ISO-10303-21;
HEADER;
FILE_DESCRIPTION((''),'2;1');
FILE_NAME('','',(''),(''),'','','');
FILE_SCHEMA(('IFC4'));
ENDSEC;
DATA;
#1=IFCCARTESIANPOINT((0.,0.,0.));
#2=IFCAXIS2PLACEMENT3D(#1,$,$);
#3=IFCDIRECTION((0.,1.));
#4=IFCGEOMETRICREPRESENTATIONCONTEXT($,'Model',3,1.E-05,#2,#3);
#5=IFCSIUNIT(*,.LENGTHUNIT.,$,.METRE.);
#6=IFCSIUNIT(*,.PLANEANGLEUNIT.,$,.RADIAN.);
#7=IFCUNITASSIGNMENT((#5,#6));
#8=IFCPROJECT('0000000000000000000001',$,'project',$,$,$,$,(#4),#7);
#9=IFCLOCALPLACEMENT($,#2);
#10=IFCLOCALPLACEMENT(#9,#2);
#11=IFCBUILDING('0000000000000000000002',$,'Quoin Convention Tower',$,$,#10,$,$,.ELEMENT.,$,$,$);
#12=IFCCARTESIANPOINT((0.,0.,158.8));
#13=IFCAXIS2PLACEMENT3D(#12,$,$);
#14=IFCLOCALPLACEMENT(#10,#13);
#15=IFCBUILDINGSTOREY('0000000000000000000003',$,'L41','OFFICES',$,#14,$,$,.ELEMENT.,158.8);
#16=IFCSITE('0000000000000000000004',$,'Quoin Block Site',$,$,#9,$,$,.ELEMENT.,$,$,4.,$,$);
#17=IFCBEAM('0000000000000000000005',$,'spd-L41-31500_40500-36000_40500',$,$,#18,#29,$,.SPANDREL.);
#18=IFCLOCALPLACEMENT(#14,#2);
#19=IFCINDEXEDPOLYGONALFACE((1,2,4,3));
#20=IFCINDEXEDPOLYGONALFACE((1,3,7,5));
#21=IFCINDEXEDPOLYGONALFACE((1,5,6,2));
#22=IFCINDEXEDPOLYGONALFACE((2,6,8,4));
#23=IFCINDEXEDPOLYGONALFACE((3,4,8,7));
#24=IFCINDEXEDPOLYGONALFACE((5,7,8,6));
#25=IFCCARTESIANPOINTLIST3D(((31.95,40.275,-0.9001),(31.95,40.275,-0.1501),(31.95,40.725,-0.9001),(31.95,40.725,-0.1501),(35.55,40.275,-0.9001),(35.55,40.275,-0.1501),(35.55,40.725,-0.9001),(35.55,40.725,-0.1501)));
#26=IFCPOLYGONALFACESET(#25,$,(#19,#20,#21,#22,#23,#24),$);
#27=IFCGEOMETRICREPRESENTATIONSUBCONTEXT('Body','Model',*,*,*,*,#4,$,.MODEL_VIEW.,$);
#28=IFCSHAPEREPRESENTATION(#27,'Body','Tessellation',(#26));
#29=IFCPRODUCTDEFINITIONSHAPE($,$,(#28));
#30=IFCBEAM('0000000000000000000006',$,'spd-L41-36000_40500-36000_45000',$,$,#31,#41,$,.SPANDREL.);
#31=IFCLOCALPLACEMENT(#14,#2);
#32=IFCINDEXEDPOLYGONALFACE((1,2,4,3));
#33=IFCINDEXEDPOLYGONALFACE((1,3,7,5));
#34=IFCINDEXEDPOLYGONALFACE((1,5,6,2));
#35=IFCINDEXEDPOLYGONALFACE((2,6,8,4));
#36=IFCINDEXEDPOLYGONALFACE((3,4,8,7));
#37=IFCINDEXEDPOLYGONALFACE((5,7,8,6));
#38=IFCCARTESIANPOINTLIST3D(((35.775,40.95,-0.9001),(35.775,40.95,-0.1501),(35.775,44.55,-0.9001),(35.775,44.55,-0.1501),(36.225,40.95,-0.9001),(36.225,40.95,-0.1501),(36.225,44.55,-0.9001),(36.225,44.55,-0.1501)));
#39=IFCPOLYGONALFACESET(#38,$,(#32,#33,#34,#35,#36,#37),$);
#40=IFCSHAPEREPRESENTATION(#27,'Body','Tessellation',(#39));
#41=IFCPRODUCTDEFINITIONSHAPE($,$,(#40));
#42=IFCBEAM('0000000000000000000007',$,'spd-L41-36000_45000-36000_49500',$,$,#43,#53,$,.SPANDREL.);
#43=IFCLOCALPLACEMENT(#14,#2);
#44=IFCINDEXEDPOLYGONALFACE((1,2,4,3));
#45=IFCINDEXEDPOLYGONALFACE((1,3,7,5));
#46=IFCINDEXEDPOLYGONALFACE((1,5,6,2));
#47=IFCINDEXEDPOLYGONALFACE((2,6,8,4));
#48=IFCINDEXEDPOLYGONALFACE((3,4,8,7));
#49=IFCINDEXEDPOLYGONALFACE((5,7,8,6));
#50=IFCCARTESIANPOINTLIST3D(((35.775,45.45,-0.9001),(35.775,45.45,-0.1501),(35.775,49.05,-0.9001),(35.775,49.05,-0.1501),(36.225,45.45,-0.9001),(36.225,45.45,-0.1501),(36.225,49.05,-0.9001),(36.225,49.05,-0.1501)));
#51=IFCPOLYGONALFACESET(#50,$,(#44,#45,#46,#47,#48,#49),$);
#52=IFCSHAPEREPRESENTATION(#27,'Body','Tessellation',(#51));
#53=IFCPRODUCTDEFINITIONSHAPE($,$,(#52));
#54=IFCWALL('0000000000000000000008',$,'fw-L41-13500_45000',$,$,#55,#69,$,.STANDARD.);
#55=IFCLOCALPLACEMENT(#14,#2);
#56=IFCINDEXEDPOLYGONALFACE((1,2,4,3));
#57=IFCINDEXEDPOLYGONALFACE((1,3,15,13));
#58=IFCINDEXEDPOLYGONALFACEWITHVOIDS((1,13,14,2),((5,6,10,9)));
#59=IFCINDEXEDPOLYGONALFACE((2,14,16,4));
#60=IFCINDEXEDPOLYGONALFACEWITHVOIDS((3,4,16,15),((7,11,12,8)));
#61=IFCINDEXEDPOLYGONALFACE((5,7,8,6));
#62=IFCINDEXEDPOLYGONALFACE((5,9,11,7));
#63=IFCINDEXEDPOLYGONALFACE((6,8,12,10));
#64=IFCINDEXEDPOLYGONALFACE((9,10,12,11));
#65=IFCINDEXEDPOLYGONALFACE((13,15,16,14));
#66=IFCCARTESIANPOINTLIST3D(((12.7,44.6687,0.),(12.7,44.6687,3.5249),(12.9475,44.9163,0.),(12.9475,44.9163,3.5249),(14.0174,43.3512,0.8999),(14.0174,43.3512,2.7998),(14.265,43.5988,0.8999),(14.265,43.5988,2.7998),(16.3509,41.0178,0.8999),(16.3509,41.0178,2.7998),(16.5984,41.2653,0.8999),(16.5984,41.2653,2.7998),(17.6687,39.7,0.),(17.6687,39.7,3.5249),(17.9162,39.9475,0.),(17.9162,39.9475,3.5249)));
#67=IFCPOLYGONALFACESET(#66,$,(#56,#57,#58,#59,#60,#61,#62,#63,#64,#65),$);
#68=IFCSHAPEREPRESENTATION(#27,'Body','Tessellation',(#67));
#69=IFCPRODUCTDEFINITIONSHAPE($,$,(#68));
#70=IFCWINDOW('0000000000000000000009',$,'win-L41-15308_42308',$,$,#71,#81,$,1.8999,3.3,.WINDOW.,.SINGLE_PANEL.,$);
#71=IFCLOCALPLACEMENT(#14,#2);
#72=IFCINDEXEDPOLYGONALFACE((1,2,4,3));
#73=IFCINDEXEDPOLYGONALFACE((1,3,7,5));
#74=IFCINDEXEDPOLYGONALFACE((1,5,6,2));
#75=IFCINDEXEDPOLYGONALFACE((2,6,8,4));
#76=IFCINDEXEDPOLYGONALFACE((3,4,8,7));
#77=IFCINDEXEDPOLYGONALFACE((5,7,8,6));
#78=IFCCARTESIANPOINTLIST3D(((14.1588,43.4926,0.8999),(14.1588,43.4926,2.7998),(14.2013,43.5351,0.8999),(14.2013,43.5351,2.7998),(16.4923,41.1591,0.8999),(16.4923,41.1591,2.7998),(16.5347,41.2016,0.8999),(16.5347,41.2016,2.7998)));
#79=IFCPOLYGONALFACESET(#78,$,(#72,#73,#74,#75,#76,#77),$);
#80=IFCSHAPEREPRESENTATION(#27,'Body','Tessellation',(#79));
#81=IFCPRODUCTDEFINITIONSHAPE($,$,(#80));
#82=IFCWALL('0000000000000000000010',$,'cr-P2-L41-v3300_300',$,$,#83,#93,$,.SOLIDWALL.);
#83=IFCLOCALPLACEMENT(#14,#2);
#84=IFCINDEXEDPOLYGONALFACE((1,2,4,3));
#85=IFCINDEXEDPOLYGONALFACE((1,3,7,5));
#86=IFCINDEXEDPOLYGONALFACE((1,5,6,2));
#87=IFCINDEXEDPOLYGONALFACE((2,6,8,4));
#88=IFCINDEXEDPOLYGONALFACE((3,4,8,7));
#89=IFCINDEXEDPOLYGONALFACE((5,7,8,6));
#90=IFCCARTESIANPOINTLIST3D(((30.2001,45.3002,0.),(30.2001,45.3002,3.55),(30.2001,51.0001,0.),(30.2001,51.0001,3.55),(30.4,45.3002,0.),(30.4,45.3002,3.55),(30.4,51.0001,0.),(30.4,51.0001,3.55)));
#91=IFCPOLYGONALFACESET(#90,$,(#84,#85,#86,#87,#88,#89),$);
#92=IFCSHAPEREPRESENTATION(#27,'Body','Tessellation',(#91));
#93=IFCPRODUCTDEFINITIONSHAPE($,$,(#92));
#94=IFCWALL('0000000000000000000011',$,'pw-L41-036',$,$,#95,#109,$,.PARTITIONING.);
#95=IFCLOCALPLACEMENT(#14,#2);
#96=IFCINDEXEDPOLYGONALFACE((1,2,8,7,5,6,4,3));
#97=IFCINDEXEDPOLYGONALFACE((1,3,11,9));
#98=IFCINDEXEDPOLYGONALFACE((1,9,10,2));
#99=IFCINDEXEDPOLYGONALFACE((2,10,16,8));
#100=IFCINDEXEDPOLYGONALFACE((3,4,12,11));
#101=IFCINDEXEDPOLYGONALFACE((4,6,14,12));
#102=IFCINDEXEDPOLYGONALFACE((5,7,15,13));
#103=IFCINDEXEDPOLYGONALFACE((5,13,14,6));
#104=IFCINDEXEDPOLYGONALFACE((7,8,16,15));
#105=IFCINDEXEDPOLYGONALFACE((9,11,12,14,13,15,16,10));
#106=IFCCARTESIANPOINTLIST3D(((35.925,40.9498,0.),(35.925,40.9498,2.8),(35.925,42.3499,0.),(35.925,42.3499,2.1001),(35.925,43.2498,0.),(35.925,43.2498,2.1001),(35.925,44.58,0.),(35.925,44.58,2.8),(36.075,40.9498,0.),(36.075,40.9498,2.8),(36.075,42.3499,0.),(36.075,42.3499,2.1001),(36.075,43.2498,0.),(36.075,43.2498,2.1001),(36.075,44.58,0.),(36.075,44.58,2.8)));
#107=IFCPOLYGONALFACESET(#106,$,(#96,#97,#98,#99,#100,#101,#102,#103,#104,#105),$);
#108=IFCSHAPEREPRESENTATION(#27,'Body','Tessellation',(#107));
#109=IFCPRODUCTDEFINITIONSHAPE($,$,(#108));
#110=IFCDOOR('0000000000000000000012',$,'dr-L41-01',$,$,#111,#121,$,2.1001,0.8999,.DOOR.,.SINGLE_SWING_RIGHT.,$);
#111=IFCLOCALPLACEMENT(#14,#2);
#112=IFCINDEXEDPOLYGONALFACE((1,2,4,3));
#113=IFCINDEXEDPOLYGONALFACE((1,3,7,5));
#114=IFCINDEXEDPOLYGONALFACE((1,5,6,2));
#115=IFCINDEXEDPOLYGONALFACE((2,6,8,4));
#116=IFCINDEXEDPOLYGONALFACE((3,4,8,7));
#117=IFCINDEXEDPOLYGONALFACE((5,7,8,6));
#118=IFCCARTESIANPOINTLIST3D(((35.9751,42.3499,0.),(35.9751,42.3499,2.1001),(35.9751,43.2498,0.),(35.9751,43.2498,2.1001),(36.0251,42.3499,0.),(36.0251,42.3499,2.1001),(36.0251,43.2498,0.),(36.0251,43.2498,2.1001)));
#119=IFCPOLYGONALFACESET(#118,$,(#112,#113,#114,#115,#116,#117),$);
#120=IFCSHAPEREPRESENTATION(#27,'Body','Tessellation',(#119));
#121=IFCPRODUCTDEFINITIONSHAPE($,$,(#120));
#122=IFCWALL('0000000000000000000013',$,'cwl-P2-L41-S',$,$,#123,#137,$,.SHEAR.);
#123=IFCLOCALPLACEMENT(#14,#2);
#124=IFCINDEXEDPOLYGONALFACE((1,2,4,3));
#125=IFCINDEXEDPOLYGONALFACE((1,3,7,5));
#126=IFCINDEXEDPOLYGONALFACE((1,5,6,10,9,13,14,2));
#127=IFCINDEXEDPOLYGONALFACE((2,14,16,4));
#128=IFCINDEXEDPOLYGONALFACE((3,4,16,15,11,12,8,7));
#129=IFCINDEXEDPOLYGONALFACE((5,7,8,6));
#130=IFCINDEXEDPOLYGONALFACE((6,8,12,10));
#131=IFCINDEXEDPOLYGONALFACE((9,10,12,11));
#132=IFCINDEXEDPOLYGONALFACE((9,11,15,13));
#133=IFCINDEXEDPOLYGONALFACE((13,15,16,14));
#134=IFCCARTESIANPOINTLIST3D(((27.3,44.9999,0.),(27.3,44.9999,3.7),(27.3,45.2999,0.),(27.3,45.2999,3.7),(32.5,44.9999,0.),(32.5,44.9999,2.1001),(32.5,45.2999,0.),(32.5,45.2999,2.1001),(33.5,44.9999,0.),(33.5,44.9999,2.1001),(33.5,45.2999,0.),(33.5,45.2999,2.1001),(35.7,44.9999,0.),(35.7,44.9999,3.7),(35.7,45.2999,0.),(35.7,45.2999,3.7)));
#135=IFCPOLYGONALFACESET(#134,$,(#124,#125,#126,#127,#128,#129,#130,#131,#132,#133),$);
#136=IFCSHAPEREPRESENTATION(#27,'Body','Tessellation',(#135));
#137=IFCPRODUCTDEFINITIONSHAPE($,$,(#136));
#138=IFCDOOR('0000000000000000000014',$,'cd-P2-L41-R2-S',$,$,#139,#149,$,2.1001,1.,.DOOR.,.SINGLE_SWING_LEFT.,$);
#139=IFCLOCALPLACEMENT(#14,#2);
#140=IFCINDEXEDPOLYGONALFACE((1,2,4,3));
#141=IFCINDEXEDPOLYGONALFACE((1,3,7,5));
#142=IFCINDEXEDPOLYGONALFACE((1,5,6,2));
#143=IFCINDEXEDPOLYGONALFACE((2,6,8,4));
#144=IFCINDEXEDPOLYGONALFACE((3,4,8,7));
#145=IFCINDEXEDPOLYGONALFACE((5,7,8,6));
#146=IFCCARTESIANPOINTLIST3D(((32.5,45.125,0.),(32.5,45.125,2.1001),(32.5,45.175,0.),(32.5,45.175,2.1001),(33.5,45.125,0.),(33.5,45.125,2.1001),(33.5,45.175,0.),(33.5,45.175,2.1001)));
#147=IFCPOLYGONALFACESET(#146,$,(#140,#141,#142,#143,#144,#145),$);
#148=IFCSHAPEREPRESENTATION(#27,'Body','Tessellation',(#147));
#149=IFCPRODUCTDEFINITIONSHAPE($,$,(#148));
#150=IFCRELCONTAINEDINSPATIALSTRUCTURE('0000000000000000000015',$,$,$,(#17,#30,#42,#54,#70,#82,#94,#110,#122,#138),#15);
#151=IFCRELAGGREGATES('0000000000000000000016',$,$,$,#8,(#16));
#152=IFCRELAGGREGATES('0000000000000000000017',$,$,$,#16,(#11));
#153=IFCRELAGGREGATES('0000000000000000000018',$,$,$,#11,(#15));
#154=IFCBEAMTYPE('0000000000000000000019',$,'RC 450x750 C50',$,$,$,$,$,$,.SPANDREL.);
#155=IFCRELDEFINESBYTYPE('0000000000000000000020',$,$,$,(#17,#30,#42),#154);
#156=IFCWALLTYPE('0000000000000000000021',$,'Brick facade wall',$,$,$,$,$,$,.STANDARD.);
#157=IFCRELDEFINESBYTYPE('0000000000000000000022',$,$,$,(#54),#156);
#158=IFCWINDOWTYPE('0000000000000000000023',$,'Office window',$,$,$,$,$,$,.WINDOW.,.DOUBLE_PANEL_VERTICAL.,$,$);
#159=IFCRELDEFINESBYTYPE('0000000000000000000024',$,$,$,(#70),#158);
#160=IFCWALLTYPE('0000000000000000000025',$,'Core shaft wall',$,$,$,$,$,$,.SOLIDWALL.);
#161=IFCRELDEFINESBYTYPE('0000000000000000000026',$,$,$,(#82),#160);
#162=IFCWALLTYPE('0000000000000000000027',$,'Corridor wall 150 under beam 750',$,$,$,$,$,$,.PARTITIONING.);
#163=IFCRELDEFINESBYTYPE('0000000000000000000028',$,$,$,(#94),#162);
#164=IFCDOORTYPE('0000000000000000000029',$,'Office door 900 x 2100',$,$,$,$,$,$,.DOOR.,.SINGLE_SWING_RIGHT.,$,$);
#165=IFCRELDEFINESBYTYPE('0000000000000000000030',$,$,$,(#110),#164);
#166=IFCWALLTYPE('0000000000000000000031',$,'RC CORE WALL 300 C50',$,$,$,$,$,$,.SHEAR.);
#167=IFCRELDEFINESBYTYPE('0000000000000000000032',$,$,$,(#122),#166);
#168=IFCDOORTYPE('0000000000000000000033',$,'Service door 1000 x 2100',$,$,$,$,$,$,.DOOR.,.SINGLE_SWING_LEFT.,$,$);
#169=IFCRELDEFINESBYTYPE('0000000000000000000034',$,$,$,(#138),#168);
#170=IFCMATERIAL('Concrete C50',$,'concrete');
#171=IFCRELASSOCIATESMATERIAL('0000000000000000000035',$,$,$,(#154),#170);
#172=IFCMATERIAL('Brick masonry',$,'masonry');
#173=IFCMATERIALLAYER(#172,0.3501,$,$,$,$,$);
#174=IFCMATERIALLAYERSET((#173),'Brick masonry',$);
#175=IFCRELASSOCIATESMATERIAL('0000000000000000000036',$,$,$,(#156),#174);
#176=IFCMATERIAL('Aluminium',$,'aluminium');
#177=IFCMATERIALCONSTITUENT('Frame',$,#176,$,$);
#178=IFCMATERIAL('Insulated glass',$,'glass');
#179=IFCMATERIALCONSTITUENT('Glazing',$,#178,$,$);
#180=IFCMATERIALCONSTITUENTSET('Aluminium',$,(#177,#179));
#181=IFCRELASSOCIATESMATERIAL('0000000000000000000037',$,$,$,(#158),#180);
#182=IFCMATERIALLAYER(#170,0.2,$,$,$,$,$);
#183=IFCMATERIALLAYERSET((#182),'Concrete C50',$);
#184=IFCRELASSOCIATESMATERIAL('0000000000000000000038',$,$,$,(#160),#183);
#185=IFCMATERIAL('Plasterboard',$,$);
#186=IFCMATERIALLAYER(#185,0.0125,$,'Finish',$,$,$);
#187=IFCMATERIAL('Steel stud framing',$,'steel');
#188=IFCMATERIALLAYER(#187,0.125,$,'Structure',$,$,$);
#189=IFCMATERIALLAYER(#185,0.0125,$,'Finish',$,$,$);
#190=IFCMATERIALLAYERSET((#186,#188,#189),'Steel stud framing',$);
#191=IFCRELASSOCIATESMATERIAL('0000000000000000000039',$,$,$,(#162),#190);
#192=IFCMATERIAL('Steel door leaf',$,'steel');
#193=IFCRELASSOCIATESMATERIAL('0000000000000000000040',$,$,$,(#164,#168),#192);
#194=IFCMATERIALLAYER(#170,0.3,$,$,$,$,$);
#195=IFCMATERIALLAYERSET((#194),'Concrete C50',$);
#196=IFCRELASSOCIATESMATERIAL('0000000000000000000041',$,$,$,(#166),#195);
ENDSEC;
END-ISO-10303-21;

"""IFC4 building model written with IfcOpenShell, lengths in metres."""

from ifc_helpers import new_model, si_unit, direction, frame, frame_2d, origin, origin_2d, place, context, subcontext, project, spatial, rectangle, extrude, material, layer, layer_set, constituent, constituent_set, material_profile, profile_set, type_object, element, fill, save


model = new_model("IFC4")

# Units and contexts
model_context = context("Model", 3, precision=1e-05, world=origin(), true_north=direction((0.0, 1.0)))
body_context = subcontext(model_context, "Body", "Model", "MODEL_VIEW")
ifc_project = project(units=[si_unit("LENGTHUNIT", "METRE"), si_unit("PLANEANGLEUNIT", "RADIAN")], contexts=[model_context])

# Site, building, storey
site_placement = place(None, origin())
site = spatial("IfcSite", under=ifc_project, at=site_placement, Name="Quoin Block Site", CompositionType="ELEMENT", RefElevation=4.0)
building_placement = place(site_placement, origin())
building = spatial("IfcBuilding", under=site, at=building_placement, Name="Quoin Convention Tower", CompositionType="ELEMENT")
storey_placement = place(building_placement, frame((0.0, 0.0, 158.8)))
storey = spatial("IfcBuildingStorey", under=building, at=storey_placement, Name="L41", Description="OFFICES", CompositionType="ELEMENT", Elevation=158.8)

# Shared definitions
ifc_material_1 = material(Name="Concrete C50", Category="concrete")

# Beams
ifc_material_profile_1 = material_profile(ifc_material_1, rectangle(XDim=0.45, YDim=0.75, at=origin_2d()), Name="RC 450x750")
ifc_profile_set_1 = profile_set([ifc_material_profile_1], Name="Concrete C50")
beam_type_1 = type_object("IfcBeamType", Name="RC 450x750 C50", PredefinedType="SPANDREL", material=ifc_profile_set_1)
for number, where, z_axis, x_axis, name in (
    (1, (31.95, 40.5, -0.5251), (1.0, 0.0, 0.0), (0.0, 1.0, 0.0), "spd-L41-31500_40500-36000_40500"),
    (2, (36.0, 40.95, -0.5251), (0.0, 1.0, 0.0), (-1.0, 0.0, 0.0), "spd-L41-36000_40500-36000_45000"),
    (3, (36.0, 45.45, -0.5251), (0.0, 1.0, 0.0), (-1.0, 0.0, 0.0), "spd-L41-36000_45000-36000_49500"),
):
    element("IfcBeam", number, at=place(storey_placement, frame(where, z_axis=z_axis, x_axis=x_axis)), inside=storey, type_object=beam_type_1, Name=name, PredefinedType="SPANDREL", context=body_context, shape_type="SweptSolid", body=[
        extrude(rectangle(XDim=0.45, YDim=0.75, at=origin_2d()), origin(), (0.0, 0.0, 1.0), 3.6001),
    ])

# Wall, opening, window
ifc_material_2 = material(Name="Brick masonry", Category="masonry")
ifc_layer_1 = layer(ifc_material_2, 0.3501)
ifc_layer_set_1 = layer_set([ifc_layer_1], Name="Brick masonry")
wall_type_1 = type_object("IfcWallType", Name="Brick facade wall", PredefinedType="STANDARD", material=ifc_layer_set_1)
wall_1_placement = place(storey_placement, frame((12.8237, 44.7925, 0.0), z_axis=(0.0, 0.0, 1.0), x_axis=(0.707107, -0.707107, 0.0)))
wall_1 = element("IfcWall", 4, at=wall_1_placement, inside=storey, type_object=wall_type_1, Name="fw-L41-13500_45000", PredefinedType="STANDARD", context=body_context, shape_type="SweptSolid", body=[
    extrude(rectangle(XDim=7.0269, YDim=0.3501, at=frame_2d((3.5134, 0.0))), origin(), (0.0, 0.0, 1.0), 3.5249),
])
opening_1_placement = place(wall_1_placement, frame((1.8633, 0.0, 0.8999)))
opening_1 = element("IfcOpeningElement", 5, at=opening_1_placement, cuts=wall_1, PredefinedType="OPENING", context=body_context, shape_type="SweptSolid", body=[
    extrude(rectangle(XDim=3.3, YDim=1.8999, at=frame_2d((1.6499, 0.95))), frame((0.0, 0.1851, 0.0), z_axis=(0.0, -1.0, 0.0), x_axis=(1.0, 0.0, 0.0)), (0.0, 0.0, 1.0), 0.3701),
])
ifc_material_3 = material(Name="Aluminium", Category="aluminium")
ifc_constituent_1 = constituent(ifc_material_3, Name="Frame")
ifc_material_4 = material(Name="Insulated glass", Category="glass")
ifc_constituent_2 = constituent(ifc_material_4, Name="Glazing")
ifc_constituent_set = constituent_set(constituents=[ifc_constituent_1, ifc_constituent_2], Name="Aluminium")
window_type = type_object("IfcWindowType", Name="Office window", PartitioningType="DOUBLE_PANEL_VERTICAL", PredefinedType="WINDOW", material=ifc_constituent_set)
window_placement = place(opening_1_placement, origin())
window = element("IfcWindow", 6, at=window_placement, inside=storey, type_object=window_type, Name="win-L41-15308_42308", OverallHeight=1.8999, OverallWidth=3.3, PartitioningType="SINGLE_PANEL", PredefinedType="WINDOW", context=body_context, shape_type="SweptSolid", body=[
    extrude(rectangle(XDim=3.3, YDim=1.8999, at=frame_2d((1.6499, 0.95))), frame((0.0, 0.085, 0.0), z_axis=(0.0, -1.0, 0.0), x_axis=(1.0, 0.0, 0.0)), (0.0, 0.0, 1.0), 0.0601),
])
fill(opening_1, window)

# Wall
ifc_layer_2 = layer(ifc_material_1, 0.2)
ifc_layer_set_2 = layer_set([ifc_layer_2], Name="Concrete C50")
wall_type_2 = type_object("IfcWallType", Name="Core shaft wall", PredefinedType="SOLIDWALL", material=ifc_layer_set_2)
wall_2_placement = place(storey_placement, frame((30.3, 45.3, 0.0), z_axis=(0.0, 0.0, 1.0), x_axis=(0.0, 1.0, 0.0)))
element("IfcWall", 7, at=wall_2_placement, inside=storey, type_object=wall_type_2, Name="cr-P2-L41-v3300_300", PredefinedType="SOLIDWALL", context=body_context, shape_type="SweptSolid", body=[
    extrude(rectangle(XDim=5.7, YDim=0.2, at=frame_2d((2.8501, 0.0))), origin(), (0.0, 0.0, 1.0), 3.55),
])

# Walls, openings, doors
ifc_material_5 = material(Name="Plasterboard")
ifc_layer_3 = layer(ifc_material_5, 0.0125, Name="Finish")
ifc_material_6 = material(Name="Steel stud framing", Category="steel")
ifc_layer_4 = layer(ifc_material_6, 0.125, Name="Structure")
ifc_layer_5 = layer(ifc_material_5, 0.0125, Name="Finish")
ifc_layer_set_3 = layer_set([ifc_layer_3, ifc_layer_4, ifc_layer_5], Name="Steel stud framing")
wall_type_3 = type_object("IfcWallType", Name="Corridor wall 150 under beam 750", PredefinedType="PARTITIONING", material=ifc_layer_set_3)
wall_3_placement = place(storey_placement, frame((36.0, 40.95, 0.0), z_axis=(0.0, 0.0, 1.0), x_axis=(0.0, 1.0, 0.0)))
wall_3 = element("IfcWall", 8, at=wall_3_placement, inside=storey, type_object=wall_type_3, Name="pw-L41-036", PredefinedType="PARTITIONING", context=body_context, shape_type="SweptSolid", body=[
    extrude(rectangle(XDim=3.6301, YDim=0.1499, at=frame_2d((1.8149, 0.0))), origin(), (0.0, 0.0, 1.0), 2.8),
])
opening_2_placement = place(wall_3_placement, frame((1.3999, 0.0, 0.0)))
opening_2 = element("IfcOpeningElement", 9, at=opening_2_placement, cuts=wall_3, PredefinedType="OPENING", context=body_context, shape_type="SweptSolid", body=[
    extrude(rectangle(XDim=0.8999, YDim=2.1001, at=frame_2d((0.45, 1.05))), frame((0.0, 0.085, 0.0), z_axis=(0.0, -1.0, 0.0), x_axis=(1.0, 0.0, 0.0)), (0.0, 0.0, 1.0), 0.1699),
])
ifc_material_7 = material(Name="Steel door leaf", Category="steel")
door_type_1 = type_object("IfcDoorType", Name="Office door 900 x 2100", OperationType="SINGLE_SWING_RIGHT", PredefinedType="DOOR", material=ifc_material_7)
door_1_placement = place(opening_2_placement, origin())
door_1 = element("IfcDoor", 10, at=door_1_placement, inside=storey, type_object=door_type_1, Name="dr-L41-01", OperationType="SINGLE_SWING_RIGHT", OverallHeight=2.1001, OverallWidth=0.8999, PredefinedType="DOOR", context=body_context, shape_type="SweptSolid", body=[
    extrude(rectangle(XDim=0.8999, YDim=2.1001, at=frame_2d((0.45, 1.05))), frame((0.0, 0.0249, 0.0), z_axis=(0.0, -1.0, 0.0), x_axis=(1.0, 0.0, 0.0)), (0.0, 0.0, 1.0), 0.05),
])
fill(opening_2, door_1)
ifc_layer_6 = layer(ifc_material_1, 0.3)
ifc_layer_set_4 = layer_set([ifc_layer_6], Name="Concrete C50")
wall_type_4 = type_object("IfcWallType", Name="RC CORE WALL 300 C50", PredefinedType="SHEAR", material=ifc_layer_set_4)
wall_4_placement = place(storey_placement, frame((27.3, 45.1499, 0.0), z_axis=(0.0, 0.0, 1.0), x_axis=(1.0, 0.0, 0.0)))
wall_4 = element("IfcWall", 11, at=wall_4_placement, inside=storey, type_object=wall_type_4, Name="cwl-P2-L41-S", PredefinedType="SHEAR", context=body_context, shape_type="SweptSolid", body=[
    extrude(rectangle(XDim=8.3999, YDim=0.3, at=frame_2d((4.2, 0.0))), origin(), (0.0, 0.0, 1.0), 3.7),
])
opening_3_placement = place(wall_4_placement, frame((5.2, 0.0, 0.0)))
opening_3 = element("IfcOpeningElement", 12, at=opening_3_placement, cuts=wall_4, PredefinedType="OPENING", context=body_context, shape_type="SweptSolid", body=[
    extrude(rectangle(XDim=1.0, YDim=2.1001, at=frame_2d((0.5, 1.05))), frame((0.0, 0.1599, 0.0), z_axis=(0.0, -1.0, 0.0), x_axis=(1.0, 0.0, 0.0)), (0.0, 0.0, 1.0), 0.3201),
])
door_type_2 = type_object("IfcDoorType", Name="Service door 1000 x 2100", OperationType="SINGLE_SWING_LEFT", PredefinedType="DOOR", material=ifc_material_7)
door_2_placement = place(opening_3_placement, frame((1.0, 0.0, 0.0), z_axis=(0.0, 0.0, 1.0), x_axis=(-1.0, 0.0, 0.0)))
door_2 = element("IfcDoor", 13, at=door_2_placement, inside=storey, type_object=door_type_2, Name="cd-P2-L41-R2-S", OperationType="SINGLE_SWING_LEFT", OverallHeight=2.1001, OverallWidth=1.0, PredefinedType="DOOR", context=body_context, shape_type="SweptSolid", body=[
    extrude(rectangle(XDim=1.0, YDim=2.1001, at=frame_2d((0.5, 1.05))), frame((0.0, 0.0249, 0.0), z_axis=(0.0, -1.0, 0.0), x_axis=(1.0, 0.0, 0.0)), (0.0, 0.0, 1.0), 0.05),
])
fill(opening_3, door_2)

save(model, "model.ifc")
